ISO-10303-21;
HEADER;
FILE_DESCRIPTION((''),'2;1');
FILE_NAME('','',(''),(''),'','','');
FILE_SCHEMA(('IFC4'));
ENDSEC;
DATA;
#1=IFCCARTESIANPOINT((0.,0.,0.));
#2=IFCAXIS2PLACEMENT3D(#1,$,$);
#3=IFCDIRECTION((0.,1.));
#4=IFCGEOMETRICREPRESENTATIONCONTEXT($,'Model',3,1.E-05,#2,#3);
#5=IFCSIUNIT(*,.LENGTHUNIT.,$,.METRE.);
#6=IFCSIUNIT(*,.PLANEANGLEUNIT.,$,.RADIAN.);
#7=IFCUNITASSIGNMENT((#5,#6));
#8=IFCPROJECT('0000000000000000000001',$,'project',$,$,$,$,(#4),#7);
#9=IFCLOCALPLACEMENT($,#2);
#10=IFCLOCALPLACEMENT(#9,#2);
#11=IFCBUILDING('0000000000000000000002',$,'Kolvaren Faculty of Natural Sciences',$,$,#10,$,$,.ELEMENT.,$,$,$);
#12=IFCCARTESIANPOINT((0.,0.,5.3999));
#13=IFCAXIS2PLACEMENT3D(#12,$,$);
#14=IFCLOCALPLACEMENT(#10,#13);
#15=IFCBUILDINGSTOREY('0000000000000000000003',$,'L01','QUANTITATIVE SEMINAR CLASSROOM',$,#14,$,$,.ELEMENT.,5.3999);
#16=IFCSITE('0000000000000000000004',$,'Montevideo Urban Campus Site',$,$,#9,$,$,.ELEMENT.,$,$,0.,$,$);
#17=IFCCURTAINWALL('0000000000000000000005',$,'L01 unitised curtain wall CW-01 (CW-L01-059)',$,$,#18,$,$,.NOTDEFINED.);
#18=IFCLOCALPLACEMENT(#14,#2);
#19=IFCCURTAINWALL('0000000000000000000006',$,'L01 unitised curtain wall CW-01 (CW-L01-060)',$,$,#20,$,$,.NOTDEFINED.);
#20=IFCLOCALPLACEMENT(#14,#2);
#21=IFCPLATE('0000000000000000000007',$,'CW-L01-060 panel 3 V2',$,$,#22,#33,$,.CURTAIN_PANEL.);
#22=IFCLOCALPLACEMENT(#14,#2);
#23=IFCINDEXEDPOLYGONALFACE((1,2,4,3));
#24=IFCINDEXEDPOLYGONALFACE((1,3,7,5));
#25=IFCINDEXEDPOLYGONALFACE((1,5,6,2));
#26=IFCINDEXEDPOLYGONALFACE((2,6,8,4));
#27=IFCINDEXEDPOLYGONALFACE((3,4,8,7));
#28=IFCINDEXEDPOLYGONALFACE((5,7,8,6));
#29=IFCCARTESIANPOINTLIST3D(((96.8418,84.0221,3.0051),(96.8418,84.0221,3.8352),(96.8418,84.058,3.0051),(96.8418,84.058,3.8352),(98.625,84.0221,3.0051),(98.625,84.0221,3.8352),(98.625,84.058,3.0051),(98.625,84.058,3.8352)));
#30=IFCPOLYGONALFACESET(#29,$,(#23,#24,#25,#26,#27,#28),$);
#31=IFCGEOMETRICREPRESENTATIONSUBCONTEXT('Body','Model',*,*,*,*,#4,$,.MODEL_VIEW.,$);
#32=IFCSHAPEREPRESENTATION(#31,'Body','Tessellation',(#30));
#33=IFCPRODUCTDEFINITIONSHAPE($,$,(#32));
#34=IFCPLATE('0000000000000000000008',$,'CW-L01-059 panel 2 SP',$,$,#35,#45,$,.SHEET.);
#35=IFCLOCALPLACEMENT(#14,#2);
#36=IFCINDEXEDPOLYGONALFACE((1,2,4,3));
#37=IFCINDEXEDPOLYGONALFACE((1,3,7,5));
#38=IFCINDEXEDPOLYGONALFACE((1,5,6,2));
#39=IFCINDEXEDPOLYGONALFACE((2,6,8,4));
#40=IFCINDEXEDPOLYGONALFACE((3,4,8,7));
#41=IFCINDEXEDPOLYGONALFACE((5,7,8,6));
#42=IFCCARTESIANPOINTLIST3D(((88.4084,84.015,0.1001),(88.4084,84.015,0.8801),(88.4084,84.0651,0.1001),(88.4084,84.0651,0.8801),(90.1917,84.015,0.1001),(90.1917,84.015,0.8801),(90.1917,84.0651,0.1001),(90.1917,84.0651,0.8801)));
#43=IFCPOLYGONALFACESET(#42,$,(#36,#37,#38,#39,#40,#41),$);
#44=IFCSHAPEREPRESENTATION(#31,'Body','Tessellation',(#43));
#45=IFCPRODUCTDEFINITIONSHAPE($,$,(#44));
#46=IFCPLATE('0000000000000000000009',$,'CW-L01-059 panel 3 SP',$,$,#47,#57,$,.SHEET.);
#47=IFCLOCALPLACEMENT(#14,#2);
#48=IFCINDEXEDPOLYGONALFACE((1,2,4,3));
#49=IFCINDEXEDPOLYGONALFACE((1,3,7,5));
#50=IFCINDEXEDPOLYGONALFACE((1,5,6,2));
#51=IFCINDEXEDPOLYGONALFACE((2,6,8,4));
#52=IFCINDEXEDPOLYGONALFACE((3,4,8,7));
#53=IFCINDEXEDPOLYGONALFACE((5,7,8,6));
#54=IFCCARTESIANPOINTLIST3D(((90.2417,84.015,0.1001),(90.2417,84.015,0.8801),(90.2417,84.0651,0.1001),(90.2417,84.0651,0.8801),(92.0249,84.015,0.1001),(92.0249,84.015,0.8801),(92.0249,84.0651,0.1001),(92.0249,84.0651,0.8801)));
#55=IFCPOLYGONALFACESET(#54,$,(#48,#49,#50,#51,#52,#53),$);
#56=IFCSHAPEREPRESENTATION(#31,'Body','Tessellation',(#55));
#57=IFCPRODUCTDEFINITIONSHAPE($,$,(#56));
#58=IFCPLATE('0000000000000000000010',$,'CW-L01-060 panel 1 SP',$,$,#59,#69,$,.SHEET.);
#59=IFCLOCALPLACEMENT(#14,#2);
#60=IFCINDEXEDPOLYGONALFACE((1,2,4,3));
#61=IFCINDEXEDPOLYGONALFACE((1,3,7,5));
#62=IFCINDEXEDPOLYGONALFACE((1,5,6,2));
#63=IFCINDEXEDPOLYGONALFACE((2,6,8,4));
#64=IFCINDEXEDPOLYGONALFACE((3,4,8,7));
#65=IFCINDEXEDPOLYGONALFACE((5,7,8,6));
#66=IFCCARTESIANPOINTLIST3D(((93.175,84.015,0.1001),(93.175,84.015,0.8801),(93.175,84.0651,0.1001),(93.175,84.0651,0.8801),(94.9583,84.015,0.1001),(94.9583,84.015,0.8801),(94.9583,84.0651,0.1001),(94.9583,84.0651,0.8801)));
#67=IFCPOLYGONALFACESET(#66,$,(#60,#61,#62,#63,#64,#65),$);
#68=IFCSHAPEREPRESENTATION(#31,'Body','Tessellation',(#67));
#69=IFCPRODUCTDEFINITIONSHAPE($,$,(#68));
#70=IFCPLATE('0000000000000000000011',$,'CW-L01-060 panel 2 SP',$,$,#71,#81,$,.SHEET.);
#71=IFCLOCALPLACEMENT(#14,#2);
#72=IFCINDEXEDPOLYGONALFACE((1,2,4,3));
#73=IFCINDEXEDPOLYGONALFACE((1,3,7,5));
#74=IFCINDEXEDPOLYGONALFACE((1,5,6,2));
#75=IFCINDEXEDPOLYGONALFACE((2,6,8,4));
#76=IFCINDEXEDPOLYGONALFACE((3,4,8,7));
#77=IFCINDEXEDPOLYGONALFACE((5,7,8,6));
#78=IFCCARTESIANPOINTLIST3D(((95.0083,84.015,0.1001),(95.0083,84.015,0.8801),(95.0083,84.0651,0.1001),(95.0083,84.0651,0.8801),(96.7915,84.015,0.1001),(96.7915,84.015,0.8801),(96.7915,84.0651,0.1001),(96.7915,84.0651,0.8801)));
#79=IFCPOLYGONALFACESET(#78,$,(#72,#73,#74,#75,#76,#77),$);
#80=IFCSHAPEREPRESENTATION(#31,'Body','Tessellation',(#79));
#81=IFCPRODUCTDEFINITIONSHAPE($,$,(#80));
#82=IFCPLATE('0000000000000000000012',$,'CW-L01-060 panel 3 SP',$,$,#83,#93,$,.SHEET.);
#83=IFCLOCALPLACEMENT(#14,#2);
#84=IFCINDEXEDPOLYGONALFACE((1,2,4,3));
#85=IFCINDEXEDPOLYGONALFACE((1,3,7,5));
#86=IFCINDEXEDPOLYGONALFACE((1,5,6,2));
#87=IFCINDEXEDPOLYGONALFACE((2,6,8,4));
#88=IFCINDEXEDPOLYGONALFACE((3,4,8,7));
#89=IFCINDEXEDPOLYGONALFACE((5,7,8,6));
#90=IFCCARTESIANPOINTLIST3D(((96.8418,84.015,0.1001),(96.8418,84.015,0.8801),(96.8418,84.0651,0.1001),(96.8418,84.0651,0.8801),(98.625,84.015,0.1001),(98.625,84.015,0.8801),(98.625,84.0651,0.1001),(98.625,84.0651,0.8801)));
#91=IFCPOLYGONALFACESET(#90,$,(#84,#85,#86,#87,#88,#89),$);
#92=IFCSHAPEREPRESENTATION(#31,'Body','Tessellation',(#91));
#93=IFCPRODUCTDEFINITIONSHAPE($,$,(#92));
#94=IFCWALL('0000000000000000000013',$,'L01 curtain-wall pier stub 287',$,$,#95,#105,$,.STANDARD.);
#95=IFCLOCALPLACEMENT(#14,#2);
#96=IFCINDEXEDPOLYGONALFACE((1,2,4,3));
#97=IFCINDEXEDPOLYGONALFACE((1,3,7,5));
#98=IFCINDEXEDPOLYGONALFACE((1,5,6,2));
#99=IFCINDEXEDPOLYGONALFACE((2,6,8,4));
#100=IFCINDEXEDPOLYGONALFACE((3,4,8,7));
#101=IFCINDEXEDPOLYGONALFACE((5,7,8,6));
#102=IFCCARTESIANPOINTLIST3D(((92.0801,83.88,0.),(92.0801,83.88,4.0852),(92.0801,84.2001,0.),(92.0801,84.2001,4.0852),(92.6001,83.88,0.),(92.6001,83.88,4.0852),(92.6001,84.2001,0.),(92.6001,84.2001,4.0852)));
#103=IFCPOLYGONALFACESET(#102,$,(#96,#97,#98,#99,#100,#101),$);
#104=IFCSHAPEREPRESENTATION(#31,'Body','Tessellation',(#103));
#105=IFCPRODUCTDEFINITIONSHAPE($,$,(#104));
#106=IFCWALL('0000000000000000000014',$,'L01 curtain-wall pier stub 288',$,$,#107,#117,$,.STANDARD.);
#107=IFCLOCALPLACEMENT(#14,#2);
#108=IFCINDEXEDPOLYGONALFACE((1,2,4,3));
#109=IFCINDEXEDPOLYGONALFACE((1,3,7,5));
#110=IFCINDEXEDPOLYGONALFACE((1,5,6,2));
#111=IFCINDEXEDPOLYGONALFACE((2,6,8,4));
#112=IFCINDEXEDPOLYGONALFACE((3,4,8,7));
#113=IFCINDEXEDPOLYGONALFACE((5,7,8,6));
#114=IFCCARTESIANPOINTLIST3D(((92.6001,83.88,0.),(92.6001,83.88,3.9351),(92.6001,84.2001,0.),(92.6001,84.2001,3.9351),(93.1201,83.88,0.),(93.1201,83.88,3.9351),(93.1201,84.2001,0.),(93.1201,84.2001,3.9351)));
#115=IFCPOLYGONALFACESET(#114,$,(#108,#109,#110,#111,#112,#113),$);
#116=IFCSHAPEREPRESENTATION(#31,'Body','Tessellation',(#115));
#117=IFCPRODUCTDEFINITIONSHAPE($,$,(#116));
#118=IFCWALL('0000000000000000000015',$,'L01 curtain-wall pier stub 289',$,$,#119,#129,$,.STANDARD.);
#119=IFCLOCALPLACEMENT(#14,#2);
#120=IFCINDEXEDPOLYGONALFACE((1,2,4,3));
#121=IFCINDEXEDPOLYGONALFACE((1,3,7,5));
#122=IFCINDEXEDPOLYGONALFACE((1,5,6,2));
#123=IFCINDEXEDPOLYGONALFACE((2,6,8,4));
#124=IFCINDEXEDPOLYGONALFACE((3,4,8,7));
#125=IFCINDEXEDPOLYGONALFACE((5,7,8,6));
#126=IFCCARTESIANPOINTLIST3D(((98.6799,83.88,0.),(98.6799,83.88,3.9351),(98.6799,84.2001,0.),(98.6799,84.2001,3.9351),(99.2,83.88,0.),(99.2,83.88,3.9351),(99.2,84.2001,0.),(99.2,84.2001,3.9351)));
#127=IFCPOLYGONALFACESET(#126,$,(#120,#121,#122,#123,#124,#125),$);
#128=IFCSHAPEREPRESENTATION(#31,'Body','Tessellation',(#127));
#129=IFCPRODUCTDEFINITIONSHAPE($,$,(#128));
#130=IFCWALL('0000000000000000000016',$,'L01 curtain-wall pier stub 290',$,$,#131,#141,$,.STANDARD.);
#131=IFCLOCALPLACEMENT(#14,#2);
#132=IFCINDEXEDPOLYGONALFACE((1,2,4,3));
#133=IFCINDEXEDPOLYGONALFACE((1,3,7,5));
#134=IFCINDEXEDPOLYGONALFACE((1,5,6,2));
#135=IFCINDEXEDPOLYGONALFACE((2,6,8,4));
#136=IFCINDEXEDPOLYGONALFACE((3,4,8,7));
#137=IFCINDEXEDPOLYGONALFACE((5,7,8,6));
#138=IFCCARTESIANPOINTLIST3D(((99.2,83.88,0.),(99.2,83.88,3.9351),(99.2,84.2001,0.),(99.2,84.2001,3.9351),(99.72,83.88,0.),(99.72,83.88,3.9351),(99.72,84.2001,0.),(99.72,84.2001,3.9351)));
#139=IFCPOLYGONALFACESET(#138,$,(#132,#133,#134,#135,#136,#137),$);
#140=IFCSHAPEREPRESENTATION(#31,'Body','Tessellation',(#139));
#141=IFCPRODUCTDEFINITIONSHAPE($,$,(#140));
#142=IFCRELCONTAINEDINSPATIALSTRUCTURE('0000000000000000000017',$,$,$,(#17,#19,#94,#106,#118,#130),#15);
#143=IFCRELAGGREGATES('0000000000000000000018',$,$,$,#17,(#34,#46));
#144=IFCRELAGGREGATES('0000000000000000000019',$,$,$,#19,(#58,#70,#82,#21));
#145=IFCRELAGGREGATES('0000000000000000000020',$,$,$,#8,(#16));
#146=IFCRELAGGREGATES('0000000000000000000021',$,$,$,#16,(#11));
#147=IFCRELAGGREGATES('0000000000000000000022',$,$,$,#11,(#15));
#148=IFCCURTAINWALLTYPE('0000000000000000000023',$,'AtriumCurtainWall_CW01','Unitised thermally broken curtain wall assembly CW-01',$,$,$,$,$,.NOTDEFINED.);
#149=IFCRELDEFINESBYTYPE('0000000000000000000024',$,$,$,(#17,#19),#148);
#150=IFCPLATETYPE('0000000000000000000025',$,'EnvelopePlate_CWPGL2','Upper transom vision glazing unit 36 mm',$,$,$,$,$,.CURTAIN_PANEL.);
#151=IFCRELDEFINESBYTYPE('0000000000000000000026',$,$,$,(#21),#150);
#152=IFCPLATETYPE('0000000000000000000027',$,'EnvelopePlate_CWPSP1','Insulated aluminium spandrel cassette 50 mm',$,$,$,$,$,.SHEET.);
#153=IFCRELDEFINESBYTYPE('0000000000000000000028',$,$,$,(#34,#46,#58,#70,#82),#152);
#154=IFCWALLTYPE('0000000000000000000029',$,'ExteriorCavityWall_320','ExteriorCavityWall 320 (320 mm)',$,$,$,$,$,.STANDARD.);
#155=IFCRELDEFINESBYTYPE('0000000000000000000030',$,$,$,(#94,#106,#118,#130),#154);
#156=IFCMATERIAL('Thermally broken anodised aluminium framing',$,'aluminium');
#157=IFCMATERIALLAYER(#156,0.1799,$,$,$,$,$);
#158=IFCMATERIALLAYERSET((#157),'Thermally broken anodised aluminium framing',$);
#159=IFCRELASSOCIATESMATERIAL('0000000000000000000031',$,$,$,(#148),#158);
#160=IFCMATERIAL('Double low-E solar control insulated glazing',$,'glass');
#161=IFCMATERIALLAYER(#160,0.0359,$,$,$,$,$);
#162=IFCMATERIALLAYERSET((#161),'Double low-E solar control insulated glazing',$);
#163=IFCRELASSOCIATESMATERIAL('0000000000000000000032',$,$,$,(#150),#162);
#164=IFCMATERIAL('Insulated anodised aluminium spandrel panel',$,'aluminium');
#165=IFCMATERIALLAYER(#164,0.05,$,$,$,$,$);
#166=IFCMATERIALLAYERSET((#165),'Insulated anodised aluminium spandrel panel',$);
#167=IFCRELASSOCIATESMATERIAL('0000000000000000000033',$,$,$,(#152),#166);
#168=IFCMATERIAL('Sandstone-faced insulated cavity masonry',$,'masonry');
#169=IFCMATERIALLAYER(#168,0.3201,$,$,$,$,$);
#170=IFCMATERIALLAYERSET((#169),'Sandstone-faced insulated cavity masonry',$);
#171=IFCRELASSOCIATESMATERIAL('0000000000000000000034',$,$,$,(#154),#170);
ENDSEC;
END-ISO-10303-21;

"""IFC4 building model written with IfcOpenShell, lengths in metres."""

from ifc_helpers import new_model, si_unit, direction, frame, frame_2d, origin, origin_2d, place, context, subcontext, project, spatial, rectangle, extrude, material, layer, layer_set, type_object, element, aggregate, save


model = new_model("IFC4")

# Units and contexts
model_context = context("Model", 3, precision=1e-05, world=origin(), true_north=direction((0.0, 1.0)))
body_context = subcontext(model_context, "Body", "Model", "MODEL_VIEW")
ifc_project = project(units=[si_unit("LENGTHUNIT", "METRE"), si_unit("PLANEANGLEUNIT", "RADIAN")], contexts=[model_context])

# Site, building, storey
site_placement = place(None, origin())
site = spatial("IfcSite", under=ifc_project, at=site_placement, Name="Montevideo Urban Campus Site", CompositionType="ELEMENT", RefElevation=0.0)
building_placement = place(site_placement, origin())
building = spatial("IfcBuilding", under=site, at=building_placement, Name="Kolvaren Faculty of Natural Sciences", CompositionType="ELEMENT")
storey_placement = place(building_placement, frame((0.0, 0.0, 5.3999)))
storey = spatial("IfcBuildingStorey", under=building, at=storey_placement, Name="L01", Description="QUANTITATIVE SEMINAR CLASSROOM", CompositionType="ELEMENT", Elevation=5.3999)

# Curtain walls
ifc_material_1 = material(Name="Thermally broken anodised aluminium framing", Category="aluminium")
ifc_layer_1 = layer(ifc_material_1, 0.1799)
ifc_layer_set_1 = layer_set([ifc_layer_1], Name="Thermally broken anodised aluminium framing")
curtain_wall_type = type_object("IfcCurtainWallType", Name="AtriumCurtainWall_CW01", Description="Unitised thermally broken curtain wall assembly CW-01", PredefinedType="NOTDEFINED", material=ifc_layer_set_1)
curtain_wall_1_placement = place(storey_placement, origin())
curtain_wall_1 = element("IfcCurtainWall", 1, at=curtain_wall_1_placement, inside=storey, type_object=curtain_wall_type, Name="L01 unitised curtain wall CW-01 (CW-L01-059)", PredefinedType="NOTDEFINED")
curtain_wall_2_placement = place(storey_placement, origin())
curtain_wall_2 = element("IfcCurtainWall", 2, at=curtain_wall_2_placement, inside=storey, type_object=curtain_wall_type, Name="L01 unitised curtain wall CW-01 (CW-L01-060)", PredefinedType="NOTDEFINED")

# Plates
ifc_material_2 = material(Name="Double low-E solar control insulated glazing", Category="glass")
ifc_layer_2 = layer(ifc_material_2, 0.0359)
ifc_layer_set_2 = layer_set([ifc_layer_2], Name="Double low-E solar control insulated glazing")
plate_type_1 = type_object("IfcPlateType", Name="EnvelopePlate_CWPGL2", Description="Upper transom vision glazing unit 36 mm", PredefinedType="CURTAIN_PANEL", material=ifc_layer_set_2)
plate_1_placement = place(storey_placement, frame((97.7334, 84.04, 3.0051), z_axis=(0.0, 0.0, 1.0), x_axis=(1.0, 0.0, 0.0)))
plate_1 = element("IfcPlate", 3, at=plate_1_placement, type_object=plate_type_1, Name="CW-L01-060 panel 3 V2", PredefinedType="CURTAIN_PANEL", context=body_context, shape_type="SweptSolid", body=[
    extrude(rectangle(XDim=1.7832, YDim=0.0359, at=origin_2d()), origin(), (0.0, 0.0, 1.0), 0.8301),
])
ifc_material_3 = material(Name="Insulated anodised aluminium spandrel panel", Category="aluminium")
ifc_layer_3 = layer(ifc_material_3, 0.05)
ifc_layer_set_3 = layer_set([ifc_layer_3], Name="Insulated anodised aluminium spandrel panel")
plate_type_2 = type_object("IfcPlateType", Name="EnvelopePlate_CWPSP1", Description="Insulated aluminium spandrel cassette 50 mm", PredefinedType="SHEET", material=ifc_layer_set_3)
plate_2_placement = place(storey_placement, frame((89.3, 84.04, 0.1001), z_axis=(0.0, 0.0, 1.0), x_axis=(1.0, 0.0, 0.0)))
plate_2 = element("IfcPlate", 4, at=plate_2_placement, type_object=plate_type_2, Name="CW-L01-059 panel 2 SP", PredefinedType="SHEET", context=body_context, shape_type="SweptSolid", body=[
    extrude(rectangle(XDim=1.7832, YDim=0.05, at=origin_2d()), origin(), (0.0, 0.0, 1.0), 0.78),
])
plate_3_placement = place(storey_placement, frame((91.1333, 84.04, 0.1001), z_axis=(0.0, 0.0, 1.0), x_axis=(1.0, 0.0, 0.0)))
plate_3 = element("IfcPlate", 5, at=plate_3_placement, type_object=plate_type_2, Name="CW-L01-059 panel 3 SP", PredefinedType="SHEET", context=body_context, shape_type="SweptSolid", body=[
    extrude(rectangle(XDim=1.7832, YDim=0.05, at=origin_2d()), origin(), (0.0, 0.0, 1.0), 0.78),
])
aggregate(curtain_wall_1, [plate_2, plate_3])
plate_4_placement = place(storey_placement, frame((94.0667, 84.04, 0.1001), z_axis=(0.0, 0.0, 1.0), x_axis=(1.0, 0.0, 0.0)))
plate_4 = element("IfcPlate", 6, at=plate_4_placement, type_object=plate_type_2, Name="CW-L01-060 panel 1 SP", PredefinedType="SHEET", context=body_context, shape_type="SweptSolid", body=[
    extrude(rectangle(XDim=1.7832, YDim=0.05, at=origin_2d()), origin(), (0.0, 0.0, 1.0), 0.78),
])
plate_5_placement = place(storey_placement, frame((95.8999, 84.04, 0.1001), z_axis=(0.0, 0.0, 1.0), x_axis=(1.0, 0.0, 0.0)))
plate_5 = element("IfcPlate", 7, at=plate_5_placement, type_object=plate_type_2, Name="CW-L01-060 panel 2 SP", PredefinedType="SHEET", context=body_context, shape_type="SweptSolid", body=[
    extrude(rectangle(XDim=1.7832, YDim=0.05, at=origin_2d()), origin(), (0.0, 0.0, 1.0), 0.78),
])
plate_6_placement = place(storey_placement, frame((97.7334, 84.04, 0.1001), z_axis=(0.0, 0.0, 1.0), x_axis=(1.0, 0.0, 0.0)))
plate_6 = element("IfcPlate", 8, at=plate_6_placement, type_object=plate_type_2, Name="CW-L01-060 panel 3 SP", PredefinedType="SHEET", context=body_context, shape_type="SweptSolid", body=[
    extrude(rectangle(XDim=1.7832, YDim=0.05, at=origin_2d()), origin(), (0.0, 0.0, 1.0), 0.78),
])
aggregate(curtain_wall_2, [plate_4, plate_5, plate_6, plate_1])

# Walls
ifc_material_4 = material(Name="Sandstone-faced insulated cavity masonry", Category="masonry")
ifc_layer_4 = layer(ifc_material_4, 0.3201)
ifc_layer_set_4 = layer_set([ifc_layer_4], Name="Sandstone-faced insulated cavity masonry")
wall_type = type_object("IfcWallType", Name="ExteriorCavityWall_320", Description="ExteriorCavityWall 320 (320 mm)", PredefinedType="STANDARD", material=ifc_layer_set_4)
wall_placement = place(storey_placement, frame((92.0801, 84.04, 0.0), z_axis=(0.0, 0.0, 1.0), x_axis=(1.0, 0.0, 0.0)))
element("IfcWall", 9, at=wall_placement, inside=storey, type_object=wall_type, Name="L01 curtain-wall pier stub 287", PredefinedType="STANDARD", context=body_context, shape_type="SweptSolid", body=[
    extrude(rectangle(XDim=0.52, YDim=0.3201, at=frame_2d((0.26, 0.0))), origin(), (0.0, 0.0, 1.0), 4.0852),
])
for number, where, z_axis, x_axis, name in (
    (10, (92.6001, 84.04, 0.0), (0.0, 0.0, 1.0), (1.0, 0.0, 0.0), "L01 curtain-wall pier stub 288"),
    (11, (98.6799, 84.04, 0.0), (0.0, 0.0, 1.0), (1.0, 0.0, 0.0), "L01 curtain-wall pier stub 289"),
    (12, (99.2, 84.04, 0.0), (0.0, 0.0, 1.0), (1.0, 0.0, 0.0), "L01 curtain-wall pier stub 290"),
):
    element("IfcWall", number, at=place(storey_placement, frame(where, z_axis=z_axis, x_axis=x_axis)), inside=storey, type_object=wall_type, Name=name, PredefinedType="STANDARD", context=body_context, shape_type="SweptSolid", body=[
        extrude(rectangle(XDim=0.52, YDim=0.3201, at=frame_2d((0.26, 0.0))), origin(), (0.0, 0.0, 1.0), 3.9351),
    ])

save(model, "model.ifc")
